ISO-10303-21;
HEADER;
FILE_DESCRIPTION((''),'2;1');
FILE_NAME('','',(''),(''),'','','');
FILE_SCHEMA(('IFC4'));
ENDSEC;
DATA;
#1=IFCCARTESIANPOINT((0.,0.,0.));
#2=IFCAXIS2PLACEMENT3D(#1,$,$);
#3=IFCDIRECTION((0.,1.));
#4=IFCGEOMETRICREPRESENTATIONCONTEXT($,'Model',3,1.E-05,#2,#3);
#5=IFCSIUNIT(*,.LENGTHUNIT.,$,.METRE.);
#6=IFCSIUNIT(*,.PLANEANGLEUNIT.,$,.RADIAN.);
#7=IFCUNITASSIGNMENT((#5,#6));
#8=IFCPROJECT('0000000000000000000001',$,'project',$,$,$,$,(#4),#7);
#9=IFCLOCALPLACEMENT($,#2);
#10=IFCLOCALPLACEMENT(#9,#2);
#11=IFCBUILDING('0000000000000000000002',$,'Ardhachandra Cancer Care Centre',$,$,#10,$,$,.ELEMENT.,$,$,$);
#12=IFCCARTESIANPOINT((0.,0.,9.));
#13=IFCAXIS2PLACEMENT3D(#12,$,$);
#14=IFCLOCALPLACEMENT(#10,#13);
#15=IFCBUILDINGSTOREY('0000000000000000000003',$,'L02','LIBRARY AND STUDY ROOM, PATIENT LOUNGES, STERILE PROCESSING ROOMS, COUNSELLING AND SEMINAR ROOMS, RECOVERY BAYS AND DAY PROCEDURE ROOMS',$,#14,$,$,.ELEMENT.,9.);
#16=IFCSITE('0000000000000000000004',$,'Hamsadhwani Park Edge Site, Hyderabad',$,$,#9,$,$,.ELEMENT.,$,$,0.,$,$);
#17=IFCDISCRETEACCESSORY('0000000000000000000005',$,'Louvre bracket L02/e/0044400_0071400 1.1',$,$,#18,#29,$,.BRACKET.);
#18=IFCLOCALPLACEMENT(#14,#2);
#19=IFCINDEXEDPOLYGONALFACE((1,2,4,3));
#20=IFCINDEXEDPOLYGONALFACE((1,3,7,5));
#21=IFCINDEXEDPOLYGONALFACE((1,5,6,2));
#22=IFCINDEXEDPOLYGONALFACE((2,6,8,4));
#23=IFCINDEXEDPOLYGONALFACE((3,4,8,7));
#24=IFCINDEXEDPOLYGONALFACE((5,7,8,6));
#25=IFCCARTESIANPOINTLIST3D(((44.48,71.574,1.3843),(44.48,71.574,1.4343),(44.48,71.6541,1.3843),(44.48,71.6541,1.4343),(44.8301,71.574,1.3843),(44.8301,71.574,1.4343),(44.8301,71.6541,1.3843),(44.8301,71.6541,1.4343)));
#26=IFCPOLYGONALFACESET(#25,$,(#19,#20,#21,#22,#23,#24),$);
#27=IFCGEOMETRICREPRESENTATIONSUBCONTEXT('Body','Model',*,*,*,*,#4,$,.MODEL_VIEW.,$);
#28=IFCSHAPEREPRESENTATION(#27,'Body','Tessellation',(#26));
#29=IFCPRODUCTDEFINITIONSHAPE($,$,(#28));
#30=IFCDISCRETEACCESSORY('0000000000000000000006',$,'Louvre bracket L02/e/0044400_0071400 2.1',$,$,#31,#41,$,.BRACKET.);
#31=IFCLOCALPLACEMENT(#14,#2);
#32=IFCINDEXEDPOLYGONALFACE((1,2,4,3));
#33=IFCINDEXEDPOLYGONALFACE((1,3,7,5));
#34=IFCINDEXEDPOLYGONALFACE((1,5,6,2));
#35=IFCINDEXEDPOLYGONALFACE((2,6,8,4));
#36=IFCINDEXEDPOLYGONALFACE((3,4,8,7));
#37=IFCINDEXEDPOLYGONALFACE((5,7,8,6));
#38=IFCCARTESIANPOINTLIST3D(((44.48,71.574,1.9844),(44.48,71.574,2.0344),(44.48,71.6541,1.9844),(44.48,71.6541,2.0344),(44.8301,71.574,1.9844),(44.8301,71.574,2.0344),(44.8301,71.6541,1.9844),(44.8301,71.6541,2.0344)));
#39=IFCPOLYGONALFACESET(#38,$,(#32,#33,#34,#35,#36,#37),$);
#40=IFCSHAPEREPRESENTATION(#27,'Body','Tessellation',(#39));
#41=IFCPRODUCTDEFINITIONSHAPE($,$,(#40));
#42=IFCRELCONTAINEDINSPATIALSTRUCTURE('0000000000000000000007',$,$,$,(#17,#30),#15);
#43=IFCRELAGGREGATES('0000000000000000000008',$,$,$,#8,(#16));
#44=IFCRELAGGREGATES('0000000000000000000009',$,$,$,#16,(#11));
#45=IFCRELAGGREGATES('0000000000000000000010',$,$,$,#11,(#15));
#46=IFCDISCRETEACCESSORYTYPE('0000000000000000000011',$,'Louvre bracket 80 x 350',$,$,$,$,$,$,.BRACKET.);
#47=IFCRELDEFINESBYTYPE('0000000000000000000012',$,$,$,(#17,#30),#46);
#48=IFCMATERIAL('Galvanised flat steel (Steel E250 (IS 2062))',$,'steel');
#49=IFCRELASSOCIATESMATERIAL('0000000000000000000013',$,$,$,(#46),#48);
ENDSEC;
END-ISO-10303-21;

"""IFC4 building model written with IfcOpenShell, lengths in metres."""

from ifc_helpers import new_model, si_unit, direction, frame, origin, origin_2d, place, context, subcontext, project, spatial, rectangle, extrude, material, type_object, element, save


model = new_model("IFC4")

# Units and contexts
model_context = context("Model", 3, precision=1e-05, world=origin(), true_north=direction((0.0, 1.0)))
body_context = subcontext(model_context, "Body", "Model", "MODEL_VIEW")
ifc_project = project(units=[si_unit("LENGTHUNIT", "METRE"), si_unit("PLANEANGLEUNIT", "RADIAN")], contexts=[model_context])

# Site, building, storey
site_placement = place(None, origin())
site = spatial("IfcSite", under=ifc_project, at=site_placement, Name="Hamsadhwani Park Edge Site, Hyderabad", CompositionType="ELEMENT", RefElevation=0.0)
building_placement = place(site_placement, origin())
building = spatial("IfcBuilding", under=site, at=building_placement, Name="Ardhachandra Cancer Care Centre", CompositionType="ELEMENT")
storey_placement = place(building_placement, frame((0.0, 0.0, 9.0)))
storey = spatial("IfcBuildingStorey", under=building, at=storey_placement, Name="L02", Description="LIBRARY AND STUDY ROOM, PATIENT LOUNGES, STERILE PROCESSING ROOMS, COUNSELLING AND SEMINAR ROOMS, RECOVERY BAYS AND DAY PROCEDURE ROOMS", CompositionType="ELEMENT", Elevation=9.0)

# Discrete accessories
ifc_material_1 = material(Name="Galvanised flat steel (Steel E250 (IS 2062))", Category="steel")
discrete_accessory_type_1 = type_object("IfcDiscreteAccessoryType", Name="Louvre bracket 80 x 350", PredefinedType="BRACKET", material=ifc_material_1)
for number, where, z_axis, x_axis, name in (
    (1, (44.655, 71.614, 1.3843), (0.0, 0.0, 1.0), (0.0, 1.0, 0.0), "Louvre bracket L02/e/0044400_0071400 1.1"),
    (2, (44.655, 71.614, 1.9844), (0.0, 0.0, 1.0), (0.0, 1.0, 0.0), "Louvre bracket L02/e/0044400_0071400 2.1"),
):
    element("IfcDiscreteAccessory", number, at=place(storey_placement, frame(where, z_axis=z_axis, x_axis=x_axis)), inside=storey, type_object=discrete_accessory_type_1, Name=name, PredefinedType="BRACKET", context=body_context, shape_type="SweptSolid", body=[
        extrude(rectangle(XDim=0.0801, YDim=0.3501, at=origin_2d()), origin(), (0.0, 0.0, 1.0), 0.05),
    ])

save(model, "model.ifc")
